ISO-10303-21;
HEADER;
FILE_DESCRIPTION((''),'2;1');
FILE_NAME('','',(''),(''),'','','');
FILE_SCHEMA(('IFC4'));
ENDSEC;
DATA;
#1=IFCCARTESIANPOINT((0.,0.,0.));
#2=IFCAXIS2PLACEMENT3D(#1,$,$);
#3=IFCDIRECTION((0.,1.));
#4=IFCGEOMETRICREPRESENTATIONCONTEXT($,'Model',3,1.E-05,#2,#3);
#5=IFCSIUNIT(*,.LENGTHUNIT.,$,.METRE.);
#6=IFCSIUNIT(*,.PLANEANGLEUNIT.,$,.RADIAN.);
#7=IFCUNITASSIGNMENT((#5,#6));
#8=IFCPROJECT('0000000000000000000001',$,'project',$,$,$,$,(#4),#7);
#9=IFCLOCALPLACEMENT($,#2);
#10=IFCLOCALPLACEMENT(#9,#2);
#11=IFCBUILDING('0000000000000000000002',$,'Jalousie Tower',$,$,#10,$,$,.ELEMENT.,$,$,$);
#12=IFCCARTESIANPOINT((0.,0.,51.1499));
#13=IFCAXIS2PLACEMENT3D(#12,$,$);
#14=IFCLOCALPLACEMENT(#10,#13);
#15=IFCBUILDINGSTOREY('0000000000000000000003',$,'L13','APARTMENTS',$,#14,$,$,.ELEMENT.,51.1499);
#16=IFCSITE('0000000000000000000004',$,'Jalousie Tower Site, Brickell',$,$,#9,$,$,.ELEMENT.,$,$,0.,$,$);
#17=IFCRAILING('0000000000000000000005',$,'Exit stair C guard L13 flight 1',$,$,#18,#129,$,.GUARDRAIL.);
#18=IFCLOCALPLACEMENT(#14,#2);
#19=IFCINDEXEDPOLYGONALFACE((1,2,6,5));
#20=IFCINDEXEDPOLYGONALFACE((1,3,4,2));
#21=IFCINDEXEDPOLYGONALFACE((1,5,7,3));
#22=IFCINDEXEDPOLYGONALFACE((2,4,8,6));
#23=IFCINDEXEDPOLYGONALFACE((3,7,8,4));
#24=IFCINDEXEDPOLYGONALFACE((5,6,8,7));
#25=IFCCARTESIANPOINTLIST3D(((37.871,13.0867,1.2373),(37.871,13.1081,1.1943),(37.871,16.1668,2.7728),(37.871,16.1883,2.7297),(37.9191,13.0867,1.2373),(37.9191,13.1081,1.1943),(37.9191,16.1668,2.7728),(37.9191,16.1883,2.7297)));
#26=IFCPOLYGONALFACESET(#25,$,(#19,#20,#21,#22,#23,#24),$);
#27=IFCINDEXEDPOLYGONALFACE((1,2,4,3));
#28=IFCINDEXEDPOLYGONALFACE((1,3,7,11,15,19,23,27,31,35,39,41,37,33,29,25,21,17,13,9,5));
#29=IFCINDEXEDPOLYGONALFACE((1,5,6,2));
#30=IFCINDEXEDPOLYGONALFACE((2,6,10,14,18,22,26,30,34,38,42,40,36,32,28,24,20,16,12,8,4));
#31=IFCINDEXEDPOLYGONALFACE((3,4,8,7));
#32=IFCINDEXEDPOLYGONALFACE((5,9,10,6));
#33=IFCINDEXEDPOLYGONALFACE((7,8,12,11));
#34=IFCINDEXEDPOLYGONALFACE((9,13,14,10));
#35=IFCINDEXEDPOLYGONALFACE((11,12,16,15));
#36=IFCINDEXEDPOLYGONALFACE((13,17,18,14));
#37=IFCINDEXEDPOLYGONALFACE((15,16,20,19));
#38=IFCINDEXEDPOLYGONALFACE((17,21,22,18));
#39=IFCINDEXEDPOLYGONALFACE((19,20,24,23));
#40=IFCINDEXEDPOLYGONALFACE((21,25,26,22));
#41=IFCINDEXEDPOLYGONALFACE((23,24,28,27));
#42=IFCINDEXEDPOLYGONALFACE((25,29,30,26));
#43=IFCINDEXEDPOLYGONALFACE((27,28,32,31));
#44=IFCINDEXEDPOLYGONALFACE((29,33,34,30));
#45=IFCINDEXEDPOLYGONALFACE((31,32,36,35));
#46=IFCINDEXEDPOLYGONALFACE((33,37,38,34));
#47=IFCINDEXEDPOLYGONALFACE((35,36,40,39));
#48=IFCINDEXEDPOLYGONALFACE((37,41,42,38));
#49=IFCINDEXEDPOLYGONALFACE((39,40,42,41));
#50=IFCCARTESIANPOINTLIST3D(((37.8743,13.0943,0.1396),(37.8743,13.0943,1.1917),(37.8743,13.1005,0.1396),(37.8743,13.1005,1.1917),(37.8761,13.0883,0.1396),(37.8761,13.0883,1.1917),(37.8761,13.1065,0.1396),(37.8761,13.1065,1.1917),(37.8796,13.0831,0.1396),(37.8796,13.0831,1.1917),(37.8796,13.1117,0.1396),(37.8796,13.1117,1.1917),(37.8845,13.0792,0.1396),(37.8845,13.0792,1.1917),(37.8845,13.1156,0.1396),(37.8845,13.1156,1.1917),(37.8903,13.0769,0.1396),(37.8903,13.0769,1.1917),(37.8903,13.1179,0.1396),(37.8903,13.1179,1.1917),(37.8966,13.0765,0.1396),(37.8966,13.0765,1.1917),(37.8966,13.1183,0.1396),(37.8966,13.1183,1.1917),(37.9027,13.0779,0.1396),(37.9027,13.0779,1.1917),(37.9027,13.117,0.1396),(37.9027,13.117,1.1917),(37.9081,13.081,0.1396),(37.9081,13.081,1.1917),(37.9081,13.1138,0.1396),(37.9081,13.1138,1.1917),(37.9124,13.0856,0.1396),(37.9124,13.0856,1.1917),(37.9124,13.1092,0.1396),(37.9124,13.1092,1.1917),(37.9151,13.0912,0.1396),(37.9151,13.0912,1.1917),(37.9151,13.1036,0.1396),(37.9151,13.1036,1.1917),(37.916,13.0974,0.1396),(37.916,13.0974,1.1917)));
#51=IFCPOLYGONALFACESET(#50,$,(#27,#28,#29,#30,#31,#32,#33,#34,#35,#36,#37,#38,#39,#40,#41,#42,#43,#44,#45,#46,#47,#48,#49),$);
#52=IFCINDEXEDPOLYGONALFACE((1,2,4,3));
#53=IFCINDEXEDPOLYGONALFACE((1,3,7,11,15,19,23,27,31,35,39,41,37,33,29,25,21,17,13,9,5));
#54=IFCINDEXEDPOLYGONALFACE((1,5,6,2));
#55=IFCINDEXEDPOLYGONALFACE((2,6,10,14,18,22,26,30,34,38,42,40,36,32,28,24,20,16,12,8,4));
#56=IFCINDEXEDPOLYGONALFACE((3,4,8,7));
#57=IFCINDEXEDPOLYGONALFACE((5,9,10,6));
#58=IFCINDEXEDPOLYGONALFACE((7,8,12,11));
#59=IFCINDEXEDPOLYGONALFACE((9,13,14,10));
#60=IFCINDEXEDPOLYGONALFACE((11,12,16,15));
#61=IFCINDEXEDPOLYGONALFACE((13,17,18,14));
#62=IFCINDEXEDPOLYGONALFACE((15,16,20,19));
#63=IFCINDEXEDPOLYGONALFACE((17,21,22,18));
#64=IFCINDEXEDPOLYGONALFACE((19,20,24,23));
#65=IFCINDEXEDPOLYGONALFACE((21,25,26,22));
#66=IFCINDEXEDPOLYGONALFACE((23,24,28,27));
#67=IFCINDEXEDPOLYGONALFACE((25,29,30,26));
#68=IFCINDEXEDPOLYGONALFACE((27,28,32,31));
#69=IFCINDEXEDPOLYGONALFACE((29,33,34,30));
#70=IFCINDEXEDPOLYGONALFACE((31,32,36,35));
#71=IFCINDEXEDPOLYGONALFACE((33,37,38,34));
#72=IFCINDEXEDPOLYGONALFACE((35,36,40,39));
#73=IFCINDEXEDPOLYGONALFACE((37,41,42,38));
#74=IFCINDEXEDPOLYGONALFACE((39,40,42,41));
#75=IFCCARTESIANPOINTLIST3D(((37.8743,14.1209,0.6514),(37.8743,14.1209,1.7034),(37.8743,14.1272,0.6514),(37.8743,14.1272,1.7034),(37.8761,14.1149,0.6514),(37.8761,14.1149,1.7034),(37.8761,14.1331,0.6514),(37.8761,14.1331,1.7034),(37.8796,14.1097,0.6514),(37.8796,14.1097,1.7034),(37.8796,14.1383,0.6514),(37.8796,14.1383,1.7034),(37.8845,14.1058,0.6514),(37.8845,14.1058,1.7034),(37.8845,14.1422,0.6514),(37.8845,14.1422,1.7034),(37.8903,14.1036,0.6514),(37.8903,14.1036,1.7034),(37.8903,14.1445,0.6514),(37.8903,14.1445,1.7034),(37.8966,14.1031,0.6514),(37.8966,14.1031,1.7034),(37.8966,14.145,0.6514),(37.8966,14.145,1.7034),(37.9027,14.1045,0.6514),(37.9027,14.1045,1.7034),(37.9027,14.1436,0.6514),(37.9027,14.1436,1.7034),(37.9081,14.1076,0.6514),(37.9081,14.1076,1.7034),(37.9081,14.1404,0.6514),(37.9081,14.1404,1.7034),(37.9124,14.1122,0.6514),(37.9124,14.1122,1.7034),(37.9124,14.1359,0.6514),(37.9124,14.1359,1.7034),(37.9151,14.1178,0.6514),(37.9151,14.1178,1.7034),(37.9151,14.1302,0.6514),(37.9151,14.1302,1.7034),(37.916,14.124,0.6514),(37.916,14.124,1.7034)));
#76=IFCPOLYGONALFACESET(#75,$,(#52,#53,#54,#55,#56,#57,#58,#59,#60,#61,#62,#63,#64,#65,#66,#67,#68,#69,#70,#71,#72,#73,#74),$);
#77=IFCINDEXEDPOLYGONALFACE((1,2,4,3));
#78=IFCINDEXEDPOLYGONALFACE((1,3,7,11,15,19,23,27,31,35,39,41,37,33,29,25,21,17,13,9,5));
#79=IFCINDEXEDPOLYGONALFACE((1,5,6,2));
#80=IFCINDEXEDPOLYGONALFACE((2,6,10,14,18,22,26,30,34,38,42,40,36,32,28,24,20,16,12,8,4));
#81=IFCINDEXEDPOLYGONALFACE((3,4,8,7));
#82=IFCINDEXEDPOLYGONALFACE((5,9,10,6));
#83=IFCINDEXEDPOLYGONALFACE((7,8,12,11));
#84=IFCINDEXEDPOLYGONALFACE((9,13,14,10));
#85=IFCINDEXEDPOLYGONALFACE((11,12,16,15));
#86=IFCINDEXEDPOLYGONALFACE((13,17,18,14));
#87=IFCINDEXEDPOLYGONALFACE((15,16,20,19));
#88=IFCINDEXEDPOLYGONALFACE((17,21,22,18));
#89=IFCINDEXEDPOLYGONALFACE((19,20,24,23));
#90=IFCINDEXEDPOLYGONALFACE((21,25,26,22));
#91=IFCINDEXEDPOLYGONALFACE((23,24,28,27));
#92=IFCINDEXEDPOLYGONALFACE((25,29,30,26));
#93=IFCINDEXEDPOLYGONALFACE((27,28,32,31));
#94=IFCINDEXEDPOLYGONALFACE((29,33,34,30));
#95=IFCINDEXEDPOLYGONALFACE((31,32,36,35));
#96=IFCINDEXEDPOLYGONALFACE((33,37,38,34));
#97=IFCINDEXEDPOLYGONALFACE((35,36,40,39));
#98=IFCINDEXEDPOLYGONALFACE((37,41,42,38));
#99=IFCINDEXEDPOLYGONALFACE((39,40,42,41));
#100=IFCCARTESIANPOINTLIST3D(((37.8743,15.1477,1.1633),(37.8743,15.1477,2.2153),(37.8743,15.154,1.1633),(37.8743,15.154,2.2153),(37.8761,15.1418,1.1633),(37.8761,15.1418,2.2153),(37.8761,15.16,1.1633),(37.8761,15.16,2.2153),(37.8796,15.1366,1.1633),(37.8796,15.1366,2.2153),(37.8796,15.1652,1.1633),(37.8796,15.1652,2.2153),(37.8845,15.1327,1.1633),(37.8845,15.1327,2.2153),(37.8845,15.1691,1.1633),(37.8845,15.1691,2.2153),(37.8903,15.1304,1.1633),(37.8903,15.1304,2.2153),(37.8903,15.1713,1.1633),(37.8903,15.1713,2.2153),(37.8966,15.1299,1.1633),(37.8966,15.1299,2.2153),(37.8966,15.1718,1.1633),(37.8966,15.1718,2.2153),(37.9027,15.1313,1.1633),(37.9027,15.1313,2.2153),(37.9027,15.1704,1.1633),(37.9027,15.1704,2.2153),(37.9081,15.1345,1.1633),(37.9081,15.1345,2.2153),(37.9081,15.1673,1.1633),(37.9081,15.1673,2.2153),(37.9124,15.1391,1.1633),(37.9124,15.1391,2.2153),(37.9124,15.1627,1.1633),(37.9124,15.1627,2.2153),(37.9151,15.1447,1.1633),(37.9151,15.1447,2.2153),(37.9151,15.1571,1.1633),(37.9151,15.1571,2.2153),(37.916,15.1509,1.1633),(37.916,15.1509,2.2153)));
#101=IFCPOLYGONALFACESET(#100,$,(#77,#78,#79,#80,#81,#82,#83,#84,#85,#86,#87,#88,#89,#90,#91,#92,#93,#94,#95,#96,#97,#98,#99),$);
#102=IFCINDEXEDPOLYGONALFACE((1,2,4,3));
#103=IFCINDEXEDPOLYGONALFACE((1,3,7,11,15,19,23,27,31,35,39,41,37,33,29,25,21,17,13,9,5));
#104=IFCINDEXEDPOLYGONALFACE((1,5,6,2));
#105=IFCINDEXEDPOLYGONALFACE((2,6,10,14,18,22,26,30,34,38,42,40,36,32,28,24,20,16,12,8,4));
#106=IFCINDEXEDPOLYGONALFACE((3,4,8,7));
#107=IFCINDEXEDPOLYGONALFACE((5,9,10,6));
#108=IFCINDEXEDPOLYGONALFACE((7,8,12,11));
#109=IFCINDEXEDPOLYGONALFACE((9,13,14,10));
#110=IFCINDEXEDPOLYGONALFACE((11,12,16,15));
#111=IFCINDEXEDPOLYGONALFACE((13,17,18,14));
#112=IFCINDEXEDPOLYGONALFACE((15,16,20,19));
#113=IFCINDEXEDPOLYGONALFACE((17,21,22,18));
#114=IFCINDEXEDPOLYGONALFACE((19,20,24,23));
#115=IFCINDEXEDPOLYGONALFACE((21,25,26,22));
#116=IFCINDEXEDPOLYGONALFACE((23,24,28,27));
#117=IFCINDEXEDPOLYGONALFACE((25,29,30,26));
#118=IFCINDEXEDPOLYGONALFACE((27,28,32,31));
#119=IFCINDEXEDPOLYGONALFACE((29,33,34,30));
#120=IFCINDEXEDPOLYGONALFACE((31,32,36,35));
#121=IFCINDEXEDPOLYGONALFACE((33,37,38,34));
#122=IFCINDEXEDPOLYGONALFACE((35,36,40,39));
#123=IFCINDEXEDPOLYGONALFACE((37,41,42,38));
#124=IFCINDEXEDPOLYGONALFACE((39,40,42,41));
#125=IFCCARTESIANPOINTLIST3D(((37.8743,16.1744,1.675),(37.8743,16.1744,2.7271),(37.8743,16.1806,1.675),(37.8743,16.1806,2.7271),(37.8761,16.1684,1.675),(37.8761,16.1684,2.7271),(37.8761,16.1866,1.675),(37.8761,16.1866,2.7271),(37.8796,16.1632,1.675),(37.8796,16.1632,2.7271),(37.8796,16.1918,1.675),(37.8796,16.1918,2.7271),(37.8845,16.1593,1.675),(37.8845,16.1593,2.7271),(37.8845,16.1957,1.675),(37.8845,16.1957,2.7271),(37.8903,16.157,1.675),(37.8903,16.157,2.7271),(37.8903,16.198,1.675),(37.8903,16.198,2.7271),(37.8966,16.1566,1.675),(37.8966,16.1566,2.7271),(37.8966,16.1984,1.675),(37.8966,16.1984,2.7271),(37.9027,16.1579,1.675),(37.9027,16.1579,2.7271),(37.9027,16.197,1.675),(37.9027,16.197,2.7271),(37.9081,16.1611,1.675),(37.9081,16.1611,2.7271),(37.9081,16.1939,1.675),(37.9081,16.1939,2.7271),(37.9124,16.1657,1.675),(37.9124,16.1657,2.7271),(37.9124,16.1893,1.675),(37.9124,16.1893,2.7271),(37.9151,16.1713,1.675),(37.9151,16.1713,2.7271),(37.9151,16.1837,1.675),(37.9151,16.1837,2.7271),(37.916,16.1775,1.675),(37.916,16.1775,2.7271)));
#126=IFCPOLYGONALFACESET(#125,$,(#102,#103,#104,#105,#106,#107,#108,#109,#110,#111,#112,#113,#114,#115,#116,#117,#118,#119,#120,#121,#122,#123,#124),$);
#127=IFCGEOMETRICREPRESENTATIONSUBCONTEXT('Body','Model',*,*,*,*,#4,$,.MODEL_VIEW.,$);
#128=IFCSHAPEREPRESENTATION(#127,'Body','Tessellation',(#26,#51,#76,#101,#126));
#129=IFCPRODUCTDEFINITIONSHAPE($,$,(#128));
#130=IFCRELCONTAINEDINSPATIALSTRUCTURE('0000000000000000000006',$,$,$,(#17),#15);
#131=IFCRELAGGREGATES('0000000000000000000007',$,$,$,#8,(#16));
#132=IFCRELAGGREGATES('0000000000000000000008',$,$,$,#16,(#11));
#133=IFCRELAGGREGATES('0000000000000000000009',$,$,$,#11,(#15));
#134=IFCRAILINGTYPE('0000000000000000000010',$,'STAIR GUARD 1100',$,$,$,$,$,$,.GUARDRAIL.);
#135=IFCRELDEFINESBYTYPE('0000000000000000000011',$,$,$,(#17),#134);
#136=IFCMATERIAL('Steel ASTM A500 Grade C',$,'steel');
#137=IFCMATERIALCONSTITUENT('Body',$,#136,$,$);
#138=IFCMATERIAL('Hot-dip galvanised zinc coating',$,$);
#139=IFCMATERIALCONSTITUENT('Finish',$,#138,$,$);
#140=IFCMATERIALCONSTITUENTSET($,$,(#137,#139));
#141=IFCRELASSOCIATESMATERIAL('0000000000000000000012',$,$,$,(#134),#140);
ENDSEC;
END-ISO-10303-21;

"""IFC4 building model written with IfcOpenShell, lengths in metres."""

from ifc_helpers import new_model, si_unit, direction, frame, origin, origin_2d, place, context, subcontext, project, spatial, rectangle, circle, extrude, material, constituent, constituent_set, type_object, element, save


model = new_model("IFC4")

# Units and contexts
model_context = context("Model", 3, precision=1e-05, world=origin(), true_north=direction((0.0, 1.0)))
body_context = subcontext(model_context, "Body", "Model", "MODEL_VIEW")
ifc_project = project(units=[si_unit("LENGTHUNIT", "METRE"), si_unit("PLANEANGLEUNIT", "RADIAN")], contexts=[model_context])

# Site, building, storey
site_placement = place(None, origin())
site = spatial("IfcSite", under=ifc_project, at=site_placement, Name="Jalousie Tower Site, Brickell", CompositionType="ELEMENT", RefElevation=0.0)
building_placement = place(site_placement, origin())
building = spatial("IfcBuilding", under=site, at=building_placement, Name="Jalousie Tower", CompositionType="ELEMENT")
storey_placement = place(building_placement, frame((0.0, 0.0, 51.1499)))
storey = spatial("IfcBuildingStorey", under=building, at=storey_placement, Name="L13", Description="APARTMENTS", CompositionType="ELEMENT", Elevation=51.1499)

# Railing
ifc_material_1 = material(Name="Steel ASTM A500 Grade C", Category="steel")
ifc_constituent_1 = constituent(ifc_material_1, Name="Body")
ifc_material_2 = material(Name="Hot-dip galvanised zinc coating")
ifc_constituent_2 = constituent(ifc_material_2, Name="Finish")
ifc_constituent_set_1 = constituent_set(constituents=[ifc_constituent_1, ifc_constituent_2])
railing_type_1 = type_object("IfcRailingType", Name="STAIR GUARD 1100", PredefinedType="GUARDRAIL", material=ifc_constituent_set_1)
railing_1_placement = place(storey_placement, frame((37.895, 13.0974, 0.1396)))
element("IfcRailing", 1, at=railing_1_placement, inside=storey, type_object=railing_type_1, Name="Exit stair C guard L13 flight 1", PredefinedType="GUARDRAIL", context=body_context, shape_type="SweptSolid", body=[
    extrude(rectangle(XDim=0.0481, YDim=0.0481, at=origin_2d()), frame((0.0, 0.0, 1.0762), z_axis=(0.0, 0.894966, 0.446135), x_axis=(-1.0, 0.0, 0.0)), (0.0, 0.0, 1.0), 3.4417),
    extrude(circle(Radius=0.021, at=origin_2d()), origin(), (0.0, 0.0, 1.0), 1.052),
    extrude(circle(Radius=0.021, at=origin_2d()), frame((0.0, 1.0266, 0.5117)), (0.0, 0.0, 1.0), 1.052),
    extrude(circle(Radius=0.021, at=origin_2d()), frame((0.0, 2.0535, 1.0237)), (0.0, 0.0, 1.0), 1.052),
    extrude(circle(Radius=0.021, at=origin_2d()), frame((0.0, 3.0801, 1.5354)), (0.0, 0.0, 1.0), 1.052),
])

save(model, "model.ifc")
